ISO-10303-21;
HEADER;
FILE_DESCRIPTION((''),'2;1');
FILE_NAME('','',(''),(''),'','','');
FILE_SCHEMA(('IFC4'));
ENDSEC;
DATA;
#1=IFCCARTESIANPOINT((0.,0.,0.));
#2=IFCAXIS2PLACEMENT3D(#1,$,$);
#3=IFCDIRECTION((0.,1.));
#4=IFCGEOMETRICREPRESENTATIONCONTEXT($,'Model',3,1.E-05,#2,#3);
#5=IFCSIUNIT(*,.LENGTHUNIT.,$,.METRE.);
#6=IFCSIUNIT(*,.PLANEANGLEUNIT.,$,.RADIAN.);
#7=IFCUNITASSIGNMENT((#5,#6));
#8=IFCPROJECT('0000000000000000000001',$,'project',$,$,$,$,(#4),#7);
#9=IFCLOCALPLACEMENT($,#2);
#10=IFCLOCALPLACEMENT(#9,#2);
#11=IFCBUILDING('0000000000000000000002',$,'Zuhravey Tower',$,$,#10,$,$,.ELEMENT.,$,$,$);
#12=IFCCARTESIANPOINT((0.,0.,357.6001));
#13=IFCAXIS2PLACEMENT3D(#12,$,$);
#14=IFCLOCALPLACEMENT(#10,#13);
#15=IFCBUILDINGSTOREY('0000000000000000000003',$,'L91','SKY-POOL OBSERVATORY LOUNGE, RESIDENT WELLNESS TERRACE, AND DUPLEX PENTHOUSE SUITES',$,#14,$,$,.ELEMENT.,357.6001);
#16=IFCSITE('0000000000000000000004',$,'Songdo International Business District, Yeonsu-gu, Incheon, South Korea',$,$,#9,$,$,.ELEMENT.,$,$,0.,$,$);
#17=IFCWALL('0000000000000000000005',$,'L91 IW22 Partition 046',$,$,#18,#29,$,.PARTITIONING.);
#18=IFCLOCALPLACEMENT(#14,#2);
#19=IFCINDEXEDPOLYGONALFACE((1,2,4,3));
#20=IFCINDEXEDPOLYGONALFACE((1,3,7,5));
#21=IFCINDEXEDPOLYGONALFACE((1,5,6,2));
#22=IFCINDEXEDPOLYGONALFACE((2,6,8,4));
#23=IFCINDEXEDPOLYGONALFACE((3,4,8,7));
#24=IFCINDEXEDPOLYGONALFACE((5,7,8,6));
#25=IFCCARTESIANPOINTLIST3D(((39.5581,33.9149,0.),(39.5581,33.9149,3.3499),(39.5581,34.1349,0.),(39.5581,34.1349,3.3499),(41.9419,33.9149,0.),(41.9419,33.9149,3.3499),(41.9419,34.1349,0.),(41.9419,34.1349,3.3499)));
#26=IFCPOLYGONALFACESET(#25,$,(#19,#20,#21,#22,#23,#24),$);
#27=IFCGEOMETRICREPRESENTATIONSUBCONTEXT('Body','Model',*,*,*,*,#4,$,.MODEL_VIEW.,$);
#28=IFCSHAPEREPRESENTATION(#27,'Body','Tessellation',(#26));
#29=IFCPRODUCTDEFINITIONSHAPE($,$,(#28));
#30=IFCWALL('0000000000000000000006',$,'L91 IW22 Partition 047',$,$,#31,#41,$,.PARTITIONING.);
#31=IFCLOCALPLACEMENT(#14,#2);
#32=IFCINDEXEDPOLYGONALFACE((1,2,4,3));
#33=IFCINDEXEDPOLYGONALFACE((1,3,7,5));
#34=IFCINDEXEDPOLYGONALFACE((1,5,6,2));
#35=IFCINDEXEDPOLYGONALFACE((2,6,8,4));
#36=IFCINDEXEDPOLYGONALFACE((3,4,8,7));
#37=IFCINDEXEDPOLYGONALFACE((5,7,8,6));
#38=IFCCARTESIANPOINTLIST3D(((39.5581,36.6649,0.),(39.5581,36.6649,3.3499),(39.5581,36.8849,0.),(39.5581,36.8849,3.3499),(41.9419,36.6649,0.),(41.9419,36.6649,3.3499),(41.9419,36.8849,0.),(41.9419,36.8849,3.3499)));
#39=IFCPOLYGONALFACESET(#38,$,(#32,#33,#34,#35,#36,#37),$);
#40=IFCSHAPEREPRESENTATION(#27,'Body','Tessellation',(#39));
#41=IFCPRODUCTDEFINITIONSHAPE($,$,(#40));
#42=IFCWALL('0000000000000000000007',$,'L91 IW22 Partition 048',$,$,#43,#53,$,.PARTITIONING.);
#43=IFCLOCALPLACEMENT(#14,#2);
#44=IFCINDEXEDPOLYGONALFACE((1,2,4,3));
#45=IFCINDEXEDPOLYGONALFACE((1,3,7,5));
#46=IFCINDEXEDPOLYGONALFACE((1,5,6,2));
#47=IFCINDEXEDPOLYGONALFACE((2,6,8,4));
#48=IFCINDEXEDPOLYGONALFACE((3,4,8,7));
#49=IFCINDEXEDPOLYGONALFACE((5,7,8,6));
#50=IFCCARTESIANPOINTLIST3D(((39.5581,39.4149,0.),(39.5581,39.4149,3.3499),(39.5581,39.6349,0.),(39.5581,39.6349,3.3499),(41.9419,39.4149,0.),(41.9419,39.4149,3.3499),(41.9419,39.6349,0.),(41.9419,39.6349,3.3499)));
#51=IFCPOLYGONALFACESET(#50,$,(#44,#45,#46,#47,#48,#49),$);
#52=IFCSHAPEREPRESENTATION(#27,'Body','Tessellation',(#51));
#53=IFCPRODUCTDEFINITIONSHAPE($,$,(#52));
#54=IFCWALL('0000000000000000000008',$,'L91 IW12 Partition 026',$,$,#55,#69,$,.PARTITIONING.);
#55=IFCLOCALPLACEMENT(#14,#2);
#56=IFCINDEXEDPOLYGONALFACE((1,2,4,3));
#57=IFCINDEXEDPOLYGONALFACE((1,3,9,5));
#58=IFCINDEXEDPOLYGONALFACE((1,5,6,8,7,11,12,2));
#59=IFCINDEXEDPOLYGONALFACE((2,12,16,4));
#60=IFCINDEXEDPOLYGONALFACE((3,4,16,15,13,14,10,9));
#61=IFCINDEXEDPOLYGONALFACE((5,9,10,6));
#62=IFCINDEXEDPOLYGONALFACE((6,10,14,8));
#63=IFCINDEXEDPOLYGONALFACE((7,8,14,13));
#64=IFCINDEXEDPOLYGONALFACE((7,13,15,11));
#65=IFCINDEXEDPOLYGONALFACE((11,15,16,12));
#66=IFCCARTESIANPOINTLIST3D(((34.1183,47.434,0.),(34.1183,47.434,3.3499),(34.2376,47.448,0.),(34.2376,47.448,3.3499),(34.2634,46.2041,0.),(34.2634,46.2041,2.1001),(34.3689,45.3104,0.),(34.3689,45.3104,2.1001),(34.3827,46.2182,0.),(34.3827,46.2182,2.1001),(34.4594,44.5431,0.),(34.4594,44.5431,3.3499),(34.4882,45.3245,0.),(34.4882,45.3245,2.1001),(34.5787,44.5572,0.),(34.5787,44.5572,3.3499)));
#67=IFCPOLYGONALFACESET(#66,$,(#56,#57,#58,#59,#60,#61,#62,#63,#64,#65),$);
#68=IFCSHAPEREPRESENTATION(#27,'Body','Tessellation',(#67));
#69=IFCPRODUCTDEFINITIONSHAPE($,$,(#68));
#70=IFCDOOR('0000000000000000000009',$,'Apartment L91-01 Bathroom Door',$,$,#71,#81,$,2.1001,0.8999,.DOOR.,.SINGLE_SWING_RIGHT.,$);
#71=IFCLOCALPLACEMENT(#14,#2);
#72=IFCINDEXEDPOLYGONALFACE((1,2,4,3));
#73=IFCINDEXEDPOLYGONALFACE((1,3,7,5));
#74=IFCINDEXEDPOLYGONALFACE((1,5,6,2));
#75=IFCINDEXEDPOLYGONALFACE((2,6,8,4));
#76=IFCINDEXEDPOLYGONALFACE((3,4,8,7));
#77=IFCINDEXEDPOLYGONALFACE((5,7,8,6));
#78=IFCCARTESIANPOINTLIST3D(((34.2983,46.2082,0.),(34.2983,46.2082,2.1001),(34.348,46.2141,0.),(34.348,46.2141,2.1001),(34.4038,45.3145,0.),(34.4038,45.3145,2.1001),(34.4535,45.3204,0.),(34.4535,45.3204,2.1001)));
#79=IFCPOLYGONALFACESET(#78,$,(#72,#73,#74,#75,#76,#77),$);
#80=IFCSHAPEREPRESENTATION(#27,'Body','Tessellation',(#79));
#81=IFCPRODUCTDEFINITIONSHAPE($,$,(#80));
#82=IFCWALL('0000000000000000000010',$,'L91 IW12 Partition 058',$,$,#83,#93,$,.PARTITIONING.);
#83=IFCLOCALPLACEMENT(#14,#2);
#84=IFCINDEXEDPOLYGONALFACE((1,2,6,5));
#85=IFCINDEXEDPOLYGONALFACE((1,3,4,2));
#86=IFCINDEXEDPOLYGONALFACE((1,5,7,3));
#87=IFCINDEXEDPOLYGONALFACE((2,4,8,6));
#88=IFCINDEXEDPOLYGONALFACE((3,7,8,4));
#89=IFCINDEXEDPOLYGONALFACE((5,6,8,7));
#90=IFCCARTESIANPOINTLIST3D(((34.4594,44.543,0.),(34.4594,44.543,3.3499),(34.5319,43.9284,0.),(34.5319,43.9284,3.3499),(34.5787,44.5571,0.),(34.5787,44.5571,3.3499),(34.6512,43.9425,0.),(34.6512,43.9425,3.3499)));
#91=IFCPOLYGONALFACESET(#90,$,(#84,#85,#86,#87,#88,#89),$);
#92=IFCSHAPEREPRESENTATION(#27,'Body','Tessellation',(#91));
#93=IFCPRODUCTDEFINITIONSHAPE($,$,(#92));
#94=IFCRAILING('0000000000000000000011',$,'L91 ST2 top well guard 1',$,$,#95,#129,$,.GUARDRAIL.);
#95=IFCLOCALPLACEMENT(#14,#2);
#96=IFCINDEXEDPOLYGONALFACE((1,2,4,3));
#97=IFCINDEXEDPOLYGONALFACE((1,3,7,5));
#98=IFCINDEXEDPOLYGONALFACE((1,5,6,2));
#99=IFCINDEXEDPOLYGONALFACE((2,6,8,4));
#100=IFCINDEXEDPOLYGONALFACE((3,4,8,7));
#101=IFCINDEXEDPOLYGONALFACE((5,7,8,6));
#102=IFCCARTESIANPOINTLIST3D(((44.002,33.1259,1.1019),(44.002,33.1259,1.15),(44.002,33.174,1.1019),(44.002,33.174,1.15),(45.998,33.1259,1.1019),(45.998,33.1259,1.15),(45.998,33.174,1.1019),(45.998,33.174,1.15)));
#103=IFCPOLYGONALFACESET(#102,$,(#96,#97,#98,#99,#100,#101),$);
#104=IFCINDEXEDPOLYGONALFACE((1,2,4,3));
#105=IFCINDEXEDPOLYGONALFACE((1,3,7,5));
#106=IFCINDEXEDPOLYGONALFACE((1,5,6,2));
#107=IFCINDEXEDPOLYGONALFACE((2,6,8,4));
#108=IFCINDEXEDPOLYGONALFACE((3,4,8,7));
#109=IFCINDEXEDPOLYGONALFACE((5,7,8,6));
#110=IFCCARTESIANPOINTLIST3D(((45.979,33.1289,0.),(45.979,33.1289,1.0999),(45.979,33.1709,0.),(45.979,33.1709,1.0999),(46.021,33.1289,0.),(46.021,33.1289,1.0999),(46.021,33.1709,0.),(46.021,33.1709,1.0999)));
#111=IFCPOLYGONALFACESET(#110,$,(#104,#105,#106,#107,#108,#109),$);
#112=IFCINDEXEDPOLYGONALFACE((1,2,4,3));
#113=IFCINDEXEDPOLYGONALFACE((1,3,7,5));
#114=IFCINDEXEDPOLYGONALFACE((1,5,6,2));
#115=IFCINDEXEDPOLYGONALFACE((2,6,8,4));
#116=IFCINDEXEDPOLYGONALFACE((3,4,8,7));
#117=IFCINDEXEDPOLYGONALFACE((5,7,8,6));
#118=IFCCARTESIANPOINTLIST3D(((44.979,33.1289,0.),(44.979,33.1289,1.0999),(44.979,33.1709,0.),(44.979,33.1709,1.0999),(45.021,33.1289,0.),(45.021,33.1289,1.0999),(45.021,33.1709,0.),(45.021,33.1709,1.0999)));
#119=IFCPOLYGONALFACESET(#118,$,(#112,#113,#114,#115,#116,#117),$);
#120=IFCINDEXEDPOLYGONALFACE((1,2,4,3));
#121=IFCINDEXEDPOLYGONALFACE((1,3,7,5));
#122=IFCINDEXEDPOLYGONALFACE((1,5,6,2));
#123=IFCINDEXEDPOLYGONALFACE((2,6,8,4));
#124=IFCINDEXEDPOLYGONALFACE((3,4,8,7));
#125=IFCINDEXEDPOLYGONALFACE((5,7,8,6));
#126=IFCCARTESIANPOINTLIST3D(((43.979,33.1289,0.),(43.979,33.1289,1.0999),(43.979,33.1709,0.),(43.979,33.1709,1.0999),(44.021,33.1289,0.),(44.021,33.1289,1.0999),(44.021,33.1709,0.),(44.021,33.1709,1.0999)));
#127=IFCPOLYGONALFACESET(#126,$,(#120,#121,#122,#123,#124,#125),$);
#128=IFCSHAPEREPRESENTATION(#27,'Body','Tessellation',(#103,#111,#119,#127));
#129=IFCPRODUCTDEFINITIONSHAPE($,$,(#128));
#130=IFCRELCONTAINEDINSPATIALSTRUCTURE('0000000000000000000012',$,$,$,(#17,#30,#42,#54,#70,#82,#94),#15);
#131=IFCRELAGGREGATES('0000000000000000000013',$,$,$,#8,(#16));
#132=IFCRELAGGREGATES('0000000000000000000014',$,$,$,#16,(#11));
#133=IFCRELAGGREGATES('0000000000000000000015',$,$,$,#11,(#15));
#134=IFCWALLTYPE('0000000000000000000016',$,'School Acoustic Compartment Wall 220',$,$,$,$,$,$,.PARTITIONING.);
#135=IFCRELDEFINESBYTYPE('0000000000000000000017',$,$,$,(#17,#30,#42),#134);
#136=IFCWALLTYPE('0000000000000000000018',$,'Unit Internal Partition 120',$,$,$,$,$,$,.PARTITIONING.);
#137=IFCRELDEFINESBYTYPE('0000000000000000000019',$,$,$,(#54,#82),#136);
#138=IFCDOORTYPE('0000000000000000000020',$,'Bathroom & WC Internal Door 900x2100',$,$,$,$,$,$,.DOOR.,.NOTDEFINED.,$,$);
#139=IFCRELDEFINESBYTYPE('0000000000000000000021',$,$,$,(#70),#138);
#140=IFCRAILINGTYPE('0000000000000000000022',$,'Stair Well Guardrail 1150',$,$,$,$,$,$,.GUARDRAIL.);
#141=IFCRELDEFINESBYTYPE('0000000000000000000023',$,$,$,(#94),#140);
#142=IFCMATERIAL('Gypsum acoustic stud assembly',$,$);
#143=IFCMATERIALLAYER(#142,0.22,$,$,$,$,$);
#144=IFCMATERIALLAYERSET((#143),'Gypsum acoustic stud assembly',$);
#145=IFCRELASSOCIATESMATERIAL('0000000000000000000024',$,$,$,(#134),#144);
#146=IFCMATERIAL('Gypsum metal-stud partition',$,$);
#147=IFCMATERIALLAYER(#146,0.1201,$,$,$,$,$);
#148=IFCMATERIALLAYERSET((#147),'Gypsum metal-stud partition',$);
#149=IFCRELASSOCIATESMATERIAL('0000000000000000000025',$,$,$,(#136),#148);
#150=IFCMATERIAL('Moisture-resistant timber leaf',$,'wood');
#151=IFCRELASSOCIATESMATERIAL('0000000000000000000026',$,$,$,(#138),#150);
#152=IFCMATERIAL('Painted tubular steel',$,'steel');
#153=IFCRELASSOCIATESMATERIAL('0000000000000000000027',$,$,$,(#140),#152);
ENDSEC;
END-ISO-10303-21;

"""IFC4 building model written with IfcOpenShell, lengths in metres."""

from ifc_helpers import new_model, si_unit, direction, frame, frame_2d, origin, origin_2d, place, context, subcontext, project, spatial, rectangle, extrude, material, layer, layer_set, type_object, element, fill, save


model = new_model("IFC4")

# Units and contexts
model_context = context("Model", 3, precision=1e-05, world=origin(), true_north=direction((0.0, 1.0)))
body_context = subcontext(model_context, "Body", "Model", "MODEL_VIEW")
ifc_project = project(units=[si_unit("LENGTHUNIT", "METRE"), si_unit("PLANEANGLEUNIT", "RADIAN")], contexts=[model_context])

# Site, building, storey
site_placement = place(None, origin())
site = spatial("IfcSite", under=ifc_project, at=site_placement, Name="Songdo International Business District, Yeonsu-gu, Incheon, South Korea", CompositionType="ELEMENT", RefElevation=0.0)
building_placement = place(site_placement, origin())
building = spatial("IfcBuilding", under=site, at=building_placement, Name="Zuhravey Tower", CompositionType="ELEMENT")
storey_placement = place(building_placement, frame((0.0, 0.0, 357.6001)))
storey = spatial("IfcBuildingStorey", under=building, at=storey_placement, Name="L91", Description="SKY-POOL OBSERVATORY LOUNGE, RESIDENT WELLNESS TERRACE, AND DUPLEX PENTHOUSE SUITES", CompositionType="ELEMENT", Elevation=357.6001)

# Walls
ifc_material_1 = material(Name="Gypsum acoustic stud assembly")
ifc_layer_1 = layer(ifc_material_1, 0.22)
ifc_layer_set_1 = layer_set([ifc_layer_1], Name="Gypsum acoustic stud assembly")
wall_type_1 = type_object("IfcWallType", Name="School Acoustic Compartment Wall 220", PredefinedType="PARTITIONING", material=ifc_layer_set_1)
for number, where, z_axis, x_axis, name in (
    (1, (39.5581, 34.0249, 0.0), (0.0, 0.0, 1.0), (1.0, 0.0, 0.0), "L91 IW22 Partition 046"),
    (2, (39.5581, 36.7749, 0.0), (0.0, 0.0, 1.0), (1.0, 0.0, 0.0), "L91 IW22 Partition 047"),
    (3, (39.5581, 39.5249, 0.0), (0.0, 0.0, 1.0), (1.0, 0.0, 0.0), "L91 IW22 Partition 048"),
):
    element("IfcWall", number, at=place(storey_placement, frame(where, z_axis=z_axis, x_axis=x_axis)), inside=storey, type_object=wall_type_1, Name=name, PredefinedType="PARTITIONING", context=body_context, shape_type="SweptSolid", body=[
        extrude(rectangle(XDim=2.3838, YDim=0.22, at=frame_2d((1.1919, 0.0))), origin(), (0.0, 0.0, 1.0), 3.3499),
    ])

# Wall, opening, door
ifc_material_2 = material(Name="Gypsum metal-stud partition")
ifc_layer_2 = layer(ifc_material_2, 0.1201)
ifc_layer_set_2 = layer_set([ifc_layer_2], Name="Gypsum metal-stud partition")
wall_type_2 = type_object("IfcWallType", Name="Unit Internal Partition 120", PredefinedType="PARTITIONING", material=ifc_layer_set_2)
wall_1_placement = place(storey_placement, frame((34.519, 44.55, 0.0), z_axis=(0.0, 0.0, 1.0), x_axis=(-0.117167, 0.993112, 0.0)))
wall_1 = element("IfcWall", 4, at=wall_1_placement, inside=storey, type_object=wall_type_2, Name="L91 IW12 Partition 026", PredefinedType="PARTITIONING", context=body_context, shape_type="SweptSolid", body=[
    extrude(rectangle(XDim=2.9109, YDim=0.1201, at=frame_2d((1.4556, 0.0))), origin(), (0.0, 0.0, 1.0), 3.3499),
])
opening_1_placement = place(wall_1_placement, frame((0.7727, 0.0, 0.0)))
opening_1 = element("IfcOpeningElement", 5, at=opening_1_placement, cuts=wall_1, PredefinedType="OPENING", context=body_context, shape_type="SweptSolid", body=[
    extrude(rectangle(XDim=0.8999, YDim=2.1001, at=frame_2d((0.45, 1.05))), frame((0.0, 0.072, 0.0), z_axis=(0.0, -1.0, 0.0), x_axis=(1.0, 0.0, 0.0)), (0.0, 0.0, 1.0), 0.144),
])
ifc_material_3 = material(Name="Moisture-resistant timber leaf", Category="wood")
door_type_1 = type_object("IfcDoorType", Name="Bathroom & WC Internal Door 900x2100", OperationType="NOTDEFINED", PredefinedType="DOOR", material=ifc_material_3)
door_1_placement = place(opening_1_placement, origin())
door_1 = element("IfcDoor", 6, at=door_1_placement, inside=storey, type_object=door_type_1, Name="Apartment L91-01 Bathroom Door", OperationType="SINGLE_SWING_RIGHT", OverallHeight=2.1001, OverallWidth=0.8999, PredefinedType="DOOR", context=body_context, shape_type="SweptSolid", body=[
    extrude(rectangle(XDim=0.8999, YDim=2.1001, at=frame_2d((0.45, 1.05))), frame((0.0, 0.0249, 0.0), z_axis=(0.0, -1.0, 0.0), x_axis=(1.0, 0.0, 0.0)), (0.0, 0.0, 1.0), 0.05),
])
fill(opening_1, door_1)

# Wall
wall_2_placement = place(storey_placement, frame((34.5916, 43.9353, 0.0), z_axis=(0.0, 0.0, 1.0), x_axis=(-0.117139, 0.993116, 0.0)))
element("IfcWall", 7, at=wall_2_placement, inside=storey, type_object=wall_type_2, Name="L91 IW12 Partition 058", PredefinedType="PARTITIONING", context=body_context, shape_type="SweptSolid", body=[
    extrude(rectangle(XDim=0.6189, YDim=0.1201, at=frame_2d((0.3096, 0.0))), origin(), (0.0, 0.0, 1.0), 3.3499),
])

# Railing
ifc_material_4 = material(Name="Painted tubular steel", Category="steel")
railing_type = type_object("IfcRailingType", Name="Stair Well Guardrail 1150", PredefinedType="GUARDRAIL", material=ifc_material_4)
railing_placement = place(storey_placement, frame((46.0, 33.1499, 0.0)))
element("IfcRailing", 8, at=railing_placement, inside=storey, type_object=railing_type, Name="L91 ST2 top well guard 1", PredefinedType="GUARDRAIL", context=body_context, shape_type="SweptSolid", body=[
    extrude(rectangle(XDim=0.0481, YDim=0.0481, at=origin_2d()), frame((-0.002, 0.0, 1.126), z_axis=(-1.0, 0.0, 0.0), x_axis=(0.0, -1.0, 0.0)), (0.0, 0.0, 1.0), 1.9961),
    extrude(rectangle(XDim=0.042, YDim=0.042, at=origin_2d()), origin(), (0.0, 0.0, 1.0), 1.0999),
    extrude(rectangle(XDim=0.042, YDim=0.042, at=origin_2d()), frame((-1.0, 0.0, 0.0)), (0.0, 0.0, 1.0), 1.0999),
    extrude(rectangle(XDim=0.042, YDim=0.042, at=origin_2d()), frame((-2.0, 0.0, 0.0)), (0.0, 0.0, 1.0), 1.0999),
])

save(model, "model.ifc")
